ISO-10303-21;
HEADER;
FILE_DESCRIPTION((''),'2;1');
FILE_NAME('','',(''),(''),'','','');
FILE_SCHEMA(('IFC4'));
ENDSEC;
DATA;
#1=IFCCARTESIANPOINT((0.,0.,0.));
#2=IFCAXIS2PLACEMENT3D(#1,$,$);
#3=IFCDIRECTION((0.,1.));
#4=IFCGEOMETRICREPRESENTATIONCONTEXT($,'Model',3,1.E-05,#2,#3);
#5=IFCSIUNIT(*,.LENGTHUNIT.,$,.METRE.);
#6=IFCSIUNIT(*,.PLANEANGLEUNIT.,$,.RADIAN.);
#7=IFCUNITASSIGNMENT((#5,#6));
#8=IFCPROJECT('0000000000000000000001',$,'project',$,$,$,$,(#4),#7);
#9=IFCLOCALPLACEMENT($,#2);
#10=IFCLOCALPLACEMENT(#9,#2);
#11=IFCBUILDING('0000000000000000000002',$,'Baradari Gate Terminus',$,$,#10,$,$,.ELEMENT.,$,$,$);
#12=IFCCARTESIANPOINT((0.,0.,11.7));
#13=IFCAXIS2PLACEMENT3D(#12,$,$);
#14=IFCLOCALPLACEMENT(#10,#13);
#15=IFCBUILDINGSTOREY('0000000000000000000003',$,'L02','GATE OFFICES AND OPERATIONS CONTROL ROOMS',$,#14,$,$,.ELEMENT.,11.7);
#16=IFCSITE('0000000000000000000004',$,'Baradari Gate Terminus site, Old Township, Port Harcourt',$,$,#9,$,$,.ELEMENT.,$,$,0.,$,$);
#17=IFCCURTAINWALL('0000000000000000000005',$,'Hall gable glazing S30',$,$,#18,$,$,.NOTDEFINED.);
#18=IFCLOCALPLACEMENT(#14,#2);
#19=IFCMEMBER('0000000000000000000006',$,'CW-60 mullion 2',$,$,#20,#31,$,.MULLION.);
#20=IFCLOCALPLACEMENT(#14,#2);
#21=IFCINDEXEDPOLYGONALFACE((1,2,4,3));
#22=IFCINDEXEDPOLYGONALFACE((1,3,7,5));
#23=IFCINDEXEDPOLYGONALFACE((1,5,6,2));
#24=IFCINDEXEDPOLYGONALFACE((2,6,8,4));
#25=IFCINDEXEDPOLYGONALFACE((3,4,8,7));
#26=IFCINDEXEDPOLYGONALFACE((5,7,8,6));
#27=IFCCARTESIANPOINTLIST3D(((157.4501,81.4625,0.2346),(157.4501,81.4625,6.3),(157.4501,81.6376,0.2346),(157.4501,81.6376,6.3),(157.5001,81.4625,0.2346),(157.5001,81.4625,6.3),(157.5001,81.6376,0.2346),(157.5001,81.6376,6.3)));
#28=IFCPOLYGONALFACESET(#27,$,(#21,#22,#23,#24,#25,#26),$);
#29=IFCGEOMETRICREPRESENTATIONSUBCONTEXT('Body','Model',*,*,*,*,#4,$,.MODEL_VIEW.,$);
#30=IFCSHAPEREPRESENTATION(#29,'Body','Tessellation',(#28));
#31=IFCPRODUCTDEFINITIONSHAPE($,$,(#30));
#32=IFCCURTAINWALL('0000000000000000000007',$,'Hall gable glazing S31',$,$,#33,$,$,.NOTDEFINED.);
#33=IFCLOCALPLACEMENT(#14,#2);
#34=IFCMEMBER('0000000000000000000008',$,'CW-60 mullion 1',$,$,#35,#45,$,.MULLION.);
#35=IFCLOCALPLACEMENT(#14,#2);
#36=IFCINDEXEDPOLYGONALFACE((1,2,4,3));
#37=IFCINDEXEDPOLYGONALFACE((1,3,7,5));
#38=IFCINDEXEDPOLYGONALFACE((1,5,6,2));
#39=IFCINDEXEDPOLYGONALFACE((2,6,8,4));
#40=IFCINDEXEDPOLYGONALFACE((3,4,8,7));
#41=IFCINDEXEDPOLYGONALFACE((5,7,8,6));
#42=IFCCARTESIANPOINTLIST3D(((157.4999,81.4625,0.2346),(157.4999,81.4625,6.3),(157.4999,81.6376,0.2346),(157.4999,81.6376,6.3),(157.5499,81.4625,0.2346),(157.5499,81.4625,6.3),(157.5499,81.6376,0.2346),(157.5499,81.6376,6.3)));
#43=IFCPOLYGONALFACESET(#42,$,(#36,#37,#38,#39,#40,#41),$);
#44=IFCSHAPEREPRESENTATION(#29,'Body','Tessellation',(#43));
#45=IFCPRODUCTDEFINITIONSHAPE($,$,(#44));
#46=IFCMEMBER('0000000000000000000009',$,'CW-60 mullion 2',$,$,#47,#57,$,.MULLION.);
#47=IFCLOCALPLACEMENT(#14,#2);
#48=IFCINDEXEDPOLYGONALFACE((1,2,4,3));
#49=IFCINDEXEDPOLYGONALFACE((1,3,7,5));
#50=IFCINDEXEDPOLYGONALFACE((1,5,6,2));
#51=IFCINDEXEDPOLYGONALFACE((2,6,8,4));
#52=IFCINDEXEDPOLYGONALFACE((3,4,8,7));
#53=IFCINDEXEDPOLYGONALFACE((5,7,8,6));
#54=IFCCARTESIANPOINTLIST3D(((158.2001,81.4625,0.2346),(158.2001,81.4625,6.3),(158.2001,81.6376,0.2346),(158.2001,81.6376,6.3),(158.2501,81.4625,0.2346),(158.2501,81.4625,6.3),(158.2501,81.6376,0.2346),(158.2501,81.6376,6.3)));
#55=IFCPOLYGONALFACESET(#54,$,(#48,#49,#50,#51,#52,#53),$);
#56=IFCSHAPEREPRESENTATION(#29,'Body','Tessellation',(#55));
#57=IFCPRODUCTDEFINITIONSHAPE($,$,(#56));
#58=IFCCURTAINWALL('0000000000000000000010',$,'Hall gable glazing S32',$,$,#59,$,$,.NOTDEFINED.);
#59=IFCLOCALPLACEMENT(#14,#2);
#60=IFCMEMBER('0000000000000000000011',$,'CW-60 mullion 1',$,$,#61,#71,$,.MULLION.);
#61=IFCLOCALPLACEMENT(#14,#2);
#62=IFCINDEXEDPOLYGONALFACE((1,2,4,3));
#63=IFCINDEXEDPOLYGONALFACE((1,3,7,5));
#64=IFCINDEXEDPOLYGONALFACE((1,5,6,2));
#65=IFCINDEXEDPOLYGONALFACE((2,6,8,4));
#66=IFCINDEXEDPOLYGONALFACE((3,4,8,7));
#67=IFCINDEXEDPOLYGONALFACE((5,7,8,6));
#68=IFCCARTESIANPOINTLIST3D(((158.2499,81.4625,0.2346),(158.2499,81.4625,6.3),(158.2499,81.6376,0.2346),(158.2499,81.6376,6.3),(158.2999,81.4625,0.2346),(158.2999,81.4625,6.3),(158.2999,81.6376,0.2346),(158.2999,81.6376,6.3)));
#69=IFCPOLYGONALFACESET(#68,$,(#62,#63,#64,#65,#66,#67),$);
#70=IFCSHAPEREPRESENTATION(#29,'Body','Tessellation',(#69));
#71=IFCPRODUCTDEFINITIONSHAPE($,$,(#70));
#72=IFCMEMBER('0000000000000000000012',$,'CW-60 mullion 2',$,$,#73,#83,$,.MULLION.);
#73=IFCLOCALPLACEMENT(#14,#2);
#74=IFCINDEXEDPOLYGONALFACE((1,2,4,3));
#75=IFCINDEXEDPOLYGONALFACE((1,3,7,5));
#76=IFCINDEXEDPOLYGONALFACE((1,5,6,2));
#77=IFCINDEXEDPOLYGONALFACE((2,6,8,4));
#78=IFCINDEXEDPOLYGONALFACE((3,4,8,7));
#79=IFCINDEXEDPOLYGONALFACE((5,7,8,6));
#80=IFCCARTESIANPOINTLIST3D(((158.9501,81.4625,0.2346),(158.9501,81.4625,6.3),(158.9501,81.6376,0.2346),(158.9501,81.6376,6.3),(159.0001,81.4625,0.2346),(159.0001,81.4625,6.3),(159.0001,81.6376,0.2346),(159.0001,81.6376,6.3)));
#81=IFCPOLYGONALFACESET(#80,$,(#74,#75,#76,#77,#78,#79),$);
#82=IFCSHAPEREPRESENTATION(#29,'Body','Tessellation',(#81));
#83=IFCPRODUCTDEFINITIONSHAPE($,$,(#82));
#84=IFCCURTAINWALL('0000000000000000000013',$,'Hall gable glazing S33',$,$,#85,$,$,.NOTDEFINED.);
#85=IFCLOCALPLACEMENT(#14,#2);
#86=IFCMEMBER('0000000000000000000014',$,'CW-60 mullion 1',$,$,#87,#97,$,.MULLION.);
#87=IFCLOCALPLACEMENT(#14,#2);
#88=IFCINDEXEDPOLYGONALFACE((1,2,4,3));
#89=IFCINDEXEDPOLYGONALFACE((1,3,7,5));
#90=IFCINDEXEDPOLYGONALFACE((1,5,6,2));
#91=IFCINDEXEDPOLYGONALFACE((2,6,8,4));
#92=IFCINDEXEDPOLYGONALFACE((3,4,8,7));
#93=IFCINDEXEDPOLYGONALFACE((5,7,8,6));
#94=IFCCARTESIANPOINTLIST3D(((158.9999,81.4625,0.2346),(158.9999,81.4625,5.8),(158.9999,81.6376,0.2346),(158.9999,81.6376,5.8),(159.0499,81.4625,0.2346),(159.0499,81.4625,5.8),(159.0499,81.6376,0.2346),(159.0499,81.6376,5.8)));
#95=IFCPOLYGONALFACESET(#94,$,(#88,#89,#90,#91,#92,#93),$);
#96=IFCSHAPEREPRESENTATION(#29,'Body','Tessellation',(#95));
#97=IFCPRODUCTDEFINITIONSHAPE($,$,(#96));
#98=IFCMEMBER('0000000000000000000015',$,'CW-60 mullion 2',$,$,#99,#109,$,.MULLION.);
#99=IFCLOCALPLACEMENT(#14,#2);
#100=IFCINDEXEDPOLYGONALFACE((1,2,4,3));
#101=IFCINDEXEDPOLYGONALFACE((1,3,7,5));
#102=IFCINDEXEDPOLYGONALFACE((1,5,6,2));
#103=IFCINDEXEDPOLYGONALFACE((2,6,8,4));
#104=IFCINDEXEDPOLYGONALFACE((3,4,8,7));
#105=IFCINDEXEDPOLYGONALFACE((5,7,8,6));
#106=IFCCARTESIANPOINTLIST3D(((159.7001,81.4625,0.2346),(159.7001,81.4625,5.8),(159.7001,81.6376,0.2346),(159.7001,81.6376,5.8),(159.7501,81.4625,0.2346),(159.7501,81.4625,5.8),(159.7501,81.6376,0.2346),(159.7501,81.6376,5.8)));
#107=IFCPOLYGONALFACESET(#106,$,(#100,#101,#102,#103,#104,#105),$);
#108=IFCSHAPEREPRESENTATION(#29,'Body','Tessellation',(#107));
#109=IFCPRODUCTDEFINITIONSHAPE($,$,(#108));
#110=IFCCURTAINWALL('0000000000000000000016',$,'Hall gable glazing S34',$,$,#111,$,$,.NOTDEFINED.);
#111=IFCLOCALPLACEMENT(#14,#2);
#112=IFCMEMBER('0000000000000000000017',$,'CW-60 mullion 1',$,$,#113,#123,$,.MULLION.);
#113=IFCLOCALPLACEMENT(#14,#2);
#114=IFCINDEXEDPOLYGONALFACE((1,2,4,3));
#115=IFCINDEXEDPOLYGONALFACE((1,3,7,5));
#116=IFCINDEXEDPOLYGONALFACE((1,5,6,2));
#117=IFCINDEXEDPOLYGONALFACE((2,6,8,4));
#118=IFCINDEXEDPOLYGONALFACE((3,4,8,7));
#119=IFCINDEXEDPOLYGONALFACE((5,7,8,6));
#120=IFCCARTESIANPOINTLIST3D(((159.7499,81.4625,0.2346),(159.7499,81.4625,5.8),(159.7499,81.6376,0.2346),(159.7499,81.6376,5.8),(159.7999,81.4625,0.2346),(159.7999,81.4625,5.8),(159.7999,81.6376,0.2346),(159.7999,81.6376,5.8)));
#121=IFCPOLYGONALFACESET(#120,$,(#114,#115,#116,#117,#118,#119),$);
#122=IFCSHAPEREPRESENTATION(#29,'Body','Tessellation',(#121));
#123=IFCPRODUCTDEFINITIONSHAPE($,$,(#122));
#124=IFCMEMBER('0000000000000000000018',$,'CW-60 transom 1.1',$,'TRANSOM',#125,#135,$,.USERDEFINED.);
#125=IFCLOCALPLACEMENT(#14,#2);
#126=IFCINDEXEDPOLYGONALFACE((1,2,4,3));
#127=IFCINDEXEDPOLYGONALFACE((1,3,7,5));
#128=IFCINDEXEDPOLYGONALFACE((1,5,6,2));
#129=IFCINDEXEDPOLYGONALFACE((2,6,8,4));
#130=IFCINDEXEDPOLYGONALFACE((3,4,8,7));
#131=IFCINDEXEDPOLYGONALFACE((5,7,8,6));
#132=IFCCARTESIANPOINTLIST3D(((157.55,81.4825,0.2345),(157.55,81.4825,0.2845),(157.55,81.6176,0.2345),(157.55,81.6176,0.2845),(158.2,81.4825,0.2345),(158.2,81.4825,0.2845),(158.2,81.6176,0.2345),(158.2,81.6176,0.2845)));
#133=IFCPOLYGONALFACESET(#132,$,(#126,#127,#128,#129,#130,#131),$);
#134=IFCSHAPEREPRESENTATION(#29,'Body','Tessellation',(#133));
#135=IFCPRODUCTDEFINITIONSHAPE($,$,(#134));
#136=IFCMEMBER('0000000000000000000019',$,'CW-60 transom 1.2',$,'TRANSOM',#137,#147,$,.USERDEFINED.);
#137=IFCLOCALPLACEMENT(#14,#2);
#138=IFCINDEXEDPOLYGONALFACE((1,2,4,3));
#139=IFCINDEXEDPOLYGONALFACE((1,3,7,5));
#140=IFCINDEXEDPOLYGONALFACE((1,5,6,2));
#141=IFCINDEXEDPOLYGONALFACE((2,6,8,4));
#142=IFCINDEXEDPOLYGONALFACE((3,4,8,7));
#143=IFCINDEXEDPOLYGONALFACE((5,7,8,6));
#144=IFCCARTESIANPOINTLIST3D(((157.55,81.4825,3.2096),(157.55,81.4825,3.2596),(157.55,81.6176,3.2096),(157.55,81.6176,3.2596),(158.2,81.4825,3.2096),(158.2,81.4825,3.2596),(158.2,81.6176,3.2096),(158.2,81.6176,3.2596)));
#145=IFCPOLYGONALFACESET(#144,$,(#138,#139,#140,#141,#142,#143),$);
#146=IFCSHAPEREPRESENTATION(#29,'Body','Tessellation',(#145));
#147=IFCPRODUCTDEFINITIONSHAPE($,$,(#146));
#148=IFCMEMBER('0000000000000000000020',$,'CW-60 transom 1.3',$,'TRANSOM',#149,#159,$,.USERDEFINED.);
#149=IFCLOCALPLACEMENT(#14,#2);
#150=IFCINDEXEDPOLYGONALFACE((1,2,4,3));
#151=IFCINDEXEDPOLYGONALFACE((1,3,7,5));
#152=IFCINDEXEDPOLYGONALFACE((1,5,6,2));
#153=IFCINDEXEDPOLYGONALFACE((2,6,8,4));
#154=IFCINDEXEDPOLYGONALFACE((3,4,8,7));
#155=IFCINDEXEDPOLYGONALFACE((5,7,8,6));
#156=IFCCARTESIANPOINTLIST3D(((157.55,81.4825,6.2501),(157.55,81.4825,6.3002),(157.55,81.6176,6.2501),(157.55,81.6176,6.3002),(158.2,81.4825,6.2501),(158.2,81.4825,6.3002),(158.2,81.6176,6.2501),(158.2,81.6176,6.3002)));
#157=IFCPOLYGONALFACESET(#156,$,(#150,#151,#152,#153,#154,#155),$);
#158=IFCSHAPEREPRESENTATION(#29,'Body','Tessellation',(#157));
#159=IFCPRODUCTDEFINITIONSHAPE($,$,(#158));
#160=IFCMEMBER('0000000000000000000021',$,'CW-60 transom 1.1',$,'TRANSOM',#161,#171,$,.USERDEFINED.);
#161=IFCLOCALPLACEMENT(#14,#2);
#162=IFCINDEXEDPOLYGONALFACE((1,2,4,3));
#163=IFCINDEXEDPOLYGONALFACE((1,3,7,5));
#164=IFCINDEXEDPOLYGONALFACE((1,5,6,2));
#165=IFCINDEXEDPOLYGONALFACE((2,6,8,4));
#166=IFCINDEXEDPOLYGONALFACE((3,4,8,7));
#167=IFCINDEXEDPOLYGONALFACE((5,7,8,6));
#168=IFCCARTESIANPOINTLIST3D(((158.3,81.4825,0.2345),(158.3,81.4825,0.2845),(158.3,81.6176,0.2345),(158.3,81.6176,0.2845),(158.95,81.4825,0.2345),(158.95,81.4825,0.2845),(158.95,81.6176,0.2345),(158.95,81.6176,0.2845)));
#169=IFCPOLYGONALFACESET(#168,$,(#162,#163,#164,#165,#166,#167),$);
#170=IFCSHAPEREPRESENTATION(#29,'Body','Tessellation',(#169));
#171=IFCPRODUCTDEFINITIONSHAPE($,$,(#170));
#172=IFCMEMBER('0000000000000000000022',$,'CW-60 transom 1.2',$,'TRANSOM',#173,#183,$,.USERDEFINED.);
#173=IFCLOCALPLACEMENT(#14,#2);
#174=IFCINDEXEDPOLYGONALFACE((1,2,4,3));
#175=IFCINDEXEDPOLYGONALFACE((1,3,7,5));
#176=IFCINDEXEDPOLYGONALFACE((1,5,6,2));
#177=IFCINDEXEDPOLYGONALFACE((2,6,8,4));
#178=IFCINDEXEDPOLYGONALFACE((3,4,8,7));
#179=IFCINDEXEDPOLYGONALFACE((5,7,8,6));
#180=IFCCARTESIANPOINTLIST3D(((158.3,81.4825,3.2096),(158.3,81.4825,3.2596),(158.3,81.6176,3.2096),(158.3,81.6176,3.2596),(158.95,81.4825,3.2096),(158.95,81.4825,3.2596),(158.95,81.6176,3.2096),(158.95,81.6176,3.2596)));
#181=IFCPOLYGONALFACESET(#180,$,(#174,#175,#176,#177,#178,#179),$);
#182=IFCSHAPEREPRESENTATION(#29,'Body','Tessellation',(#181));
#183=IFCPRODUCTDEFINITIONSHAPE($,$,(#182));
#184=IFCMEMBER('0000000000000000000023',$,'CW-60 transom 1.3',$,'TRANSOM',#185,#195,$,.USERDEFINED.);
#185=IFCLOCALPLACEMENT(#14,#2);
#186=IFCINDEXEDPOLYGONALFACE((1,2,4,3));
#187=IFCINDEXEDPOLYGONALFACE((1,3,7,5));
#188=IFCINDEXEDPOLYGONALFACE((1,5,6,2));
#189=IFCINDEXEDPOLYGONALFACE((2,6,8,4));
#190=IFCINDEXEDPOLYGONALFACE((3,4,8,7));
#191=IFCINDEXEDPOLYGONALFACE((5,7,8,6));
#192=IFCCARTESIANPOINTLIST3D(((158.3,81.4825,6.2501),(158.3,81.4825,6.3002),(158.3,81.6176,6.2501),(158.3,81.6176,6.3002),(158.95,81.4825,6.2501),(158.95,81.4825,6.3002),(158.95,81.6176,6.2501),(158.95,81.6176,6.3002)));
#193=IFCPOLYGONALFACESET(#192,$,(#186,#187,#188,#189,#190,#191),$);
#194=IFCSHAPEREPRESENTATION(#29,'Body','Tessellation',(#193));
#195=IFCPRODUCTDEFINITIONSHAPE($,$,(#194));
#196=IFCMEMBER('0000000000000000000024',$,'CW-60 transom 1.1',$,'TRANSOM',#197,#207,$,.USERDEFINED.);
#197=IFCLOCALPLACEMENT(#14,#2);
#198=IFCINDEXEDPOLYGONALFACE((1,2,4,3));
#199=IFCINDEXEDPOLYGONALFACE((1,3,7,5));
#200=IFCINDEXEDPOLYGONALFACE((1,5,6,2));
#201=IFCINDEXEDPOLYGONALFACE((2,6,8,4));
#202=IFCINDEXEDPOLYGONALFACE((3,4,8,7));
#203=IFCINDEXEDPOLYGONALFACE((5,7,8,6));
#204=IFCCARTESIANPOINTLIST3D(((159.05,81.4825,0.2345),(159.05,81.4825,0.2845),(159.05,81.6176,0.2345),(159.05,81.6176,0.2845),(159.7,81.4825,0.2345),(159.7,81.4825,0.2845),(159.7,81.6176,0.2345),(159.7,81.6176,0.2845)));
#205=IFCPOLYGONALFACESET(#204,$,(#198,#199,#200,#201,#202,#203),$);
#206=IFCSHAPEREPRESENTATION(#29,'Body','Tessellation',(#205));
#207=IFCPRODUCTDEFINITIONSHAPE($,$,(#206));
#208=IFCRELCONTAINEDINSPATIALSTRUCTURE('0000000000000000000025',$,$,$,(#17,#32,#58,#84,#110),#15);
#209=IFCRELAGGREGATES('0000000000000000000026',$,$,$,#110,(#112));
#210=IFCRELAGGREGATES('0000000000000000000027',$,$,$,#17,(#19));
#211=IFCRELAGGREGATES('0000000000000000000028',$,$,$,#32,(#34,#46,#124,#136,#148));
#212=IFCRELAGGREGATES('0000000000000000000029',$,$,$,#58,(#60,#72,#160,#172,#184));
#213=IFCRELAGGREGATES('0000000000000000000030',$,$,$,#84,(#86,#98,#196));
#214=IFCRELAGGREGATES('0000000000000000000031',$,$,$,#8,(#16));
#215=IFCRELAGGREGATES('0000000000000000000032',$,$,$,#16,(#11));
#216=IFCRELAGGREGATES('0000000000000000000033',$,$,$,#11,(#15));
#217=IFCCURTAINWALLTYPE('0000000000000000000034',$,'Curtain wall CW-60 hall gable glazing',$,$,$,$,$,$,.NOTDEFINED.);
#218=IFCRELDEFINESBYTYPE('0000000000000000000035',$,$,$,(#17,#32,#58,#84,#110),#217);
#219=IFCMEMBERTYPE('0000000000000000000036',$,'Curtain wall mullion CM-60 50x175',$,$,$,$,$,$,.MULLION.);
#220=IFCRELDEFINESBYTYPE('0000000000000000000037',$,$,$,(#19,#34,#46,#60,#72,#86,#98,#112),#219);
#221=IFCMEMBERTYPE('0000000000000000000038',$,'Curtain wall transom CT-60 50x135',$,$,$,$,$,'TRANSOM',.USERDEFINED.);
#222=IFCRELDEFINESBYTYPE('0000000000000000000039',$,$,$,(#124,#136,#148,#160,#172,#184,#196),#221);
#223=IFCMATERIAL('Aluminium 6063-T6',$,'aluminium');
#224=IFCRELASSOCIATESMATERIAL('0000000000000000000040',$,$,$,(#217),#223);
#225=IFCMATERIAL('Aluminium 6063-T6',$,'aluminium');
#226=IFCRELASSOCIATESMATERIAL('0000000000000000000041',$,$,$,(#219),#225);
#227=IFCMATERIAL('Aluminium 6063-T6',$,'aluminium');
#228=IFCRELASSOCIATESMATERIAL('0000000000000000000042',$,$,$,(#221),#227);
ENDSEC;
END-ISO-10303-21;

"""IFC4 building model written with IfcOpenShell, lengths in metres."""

from ifc_helpers import new_model, si_unit, direction, frame, origin, origin_2d, place, context, subcontext, project, spatial, rectangle, extrude, material, material_profile, profile_set, type_object, element, aggregate, save


model = new_model("IFC4")

# Units and contexts
model_context = context("Model", 3, precision=1e-05, world=origin(), true_north=direction((0.0, 1.0)))
body_context = subcontext(model_context, "Body", "Model", "MODEL_VIEW")
ifc_project = project(units=[si_unit("LENGTHUNIT", "METRE"), si_unit("PLANEANGLEUNIT", "RADIAN")], contexts=[model_context])

# Site, building, storey
site_placement = place(None, origin())
site = spatial("IfcSite", under=ifc_project, at=site_placement, Name="Baradari Gate Terminus site, Old Township, Port Harcourt", CompositionType="ELEMENT", RefElevation=0.0)
building_placement = place(site_placement, origin())
building = spatial("IfcBuilding", under=site, at=building_placement, Name="Baradari Gate Terminus", CompositionType="ELEMENT")
storey_placement = place(building_placement, frame((0.0, 0.0, 11.7)))
storey = spatial("IfcBuildingStorey", under=building, at=storey_placement, Name="L02", Description="GATE OFFICES AND OPERATIONS CONTROL ROOMS", CompositionType="ELEMENT", Elevation=11.7)

# Curtain wall, member
ifc_material_1 = material(Name="Aluminium 6063-T6", Category="aluminium")
curtain_wall_type = type_object("IfcCurtainWallType", Name="Curtain wall CW-60 hall gable glazing", PredefinedType="NOTDEFINED", material=ifc_material_1)
curtain_wall_1_placement = place(storey_placement, origin())
curtain_wall_1 = element("IfcCurtainWall", 1, at=curtain_wall_1_placement, inside=storey, type_object=curtain_wall_type, Name="Hall gable glazing S30", PredefinedType="NOTDEFINED")
ifc_material_2 = material(Name="Aluminium 6063-T6", Category="aluminium")
ifc_material_profile_1 = material_profile(ifc_material_2, rectangle(XDim=0.175, YDim=0.05, at=origin_2d()), Name="CM-60 50X175")
ifc_profile_set_1 = profile_set([ifc_material_profile_1], Name="Aluminium 6063-T6")
member_type_1 = type_object("IfcMemberType", Name="Curtain wall mullion CM-60 50x175", PredefinedType="MULLION", material=ifc_profile_set_1)
member_1_placement = place(storey_placement, frame((157.4751, 81.55, 0.2346), z_axis=(0.0, 0.0, 1.0), x_axis=(0.0, 1.0, 0.0)))
member_1 = element("IfcMember", 2, at=member_1_placement, type_object=member_type_1, Name="CW-60 mullion 2", PredefinedType="MULLION", context=body_context, shape_type="SweptSolid", body=[
    extrude(rectangle(XDim=0.175, YDim=0.05, at=origin_2d()), origin(), (0.0, 0.0, 1.0), 6.0654),
])

# Curtain walls, members
curtain_wall_2_placement = place(storey_placement, origin())
curtain_wall_2 = element("IfcCurtainWall", 3, at=curtain_wall_2_placement, inside=storey, type_object=curtain_wall_type, Name="Hall gable glazing S31", PredefinedType="NOTDEFINED")
member_2_placement = place(storey_placement, frame((157.5249, 81.55, 0.2346), z_axis=(0.0, 0.0, 1.0), x_axis=(0.0, 1.0, 0.0)))
member_2 = element("IfcMember", 4, at=member_2_placement, type_object=member_type_1, Name="CW-60 mullion 1", PredefinedType="MULLION", context=body_context, shape_type="SweptSolid", body=[
    extrude(rectangle(XDim=0.175, YDim=0.05, at=origin_2d()), origin(), (0.0, 0.0, 1.0), 6.0654),
])
member_3_placement = place(storey_placement, frame((158.2251, 81.55, 0.2346), z_axis=(0.0, 0.0, 1.0), x_axis=(0.0, 1.0, 0.0)))
member_3 = element("IfcMember", 5, at=member_3_placement, type_object=member_type_1, Name="CW-60 mullion 2", PredefinedType="MULLION", context=body_context, shape_type="SweptSolid", body=[
    extrude(rectangle(XDim=0.175, YDim=0.05, at=origin_2d()), origin(), (0.0, 0.0, 1.0), 6.0654),
])
curtain_wall_3_placement = place(storey_placement, origin())
curtain_wall_3 = element("IfcCurtainWall", 6, at=curtain_wall_3_placement, inside=storey, type_object=curtain_wall_type, Name="Hall gable glazing S32", PredefinedType="NOTDEFINED")
member_4_placement = place(storey_placement, frame((158.2749, 81.55, 0.2346), z_axis=(0.0, 0.0, 1.0), x_axis=(0.0, 1.0, 0.0)))
member_4 = element("IfcMember", 7, at=member_4_placement, type_object=member_type_1, Name="CW-60 mullion 1", PredefinedType="MULLION", context=body_context, shape_type="SweptSolid", body=[
    extrude(rectangle(XDim=0.175, YDim=0.05, at=origin_2d()), origin(), (0.0, 0.0, 1.0), 6.0654),
])
member_5_placement = place(storey_placement, frame((158.9751, 81.55, 0.2346), z_axis=(0.0, 0.0, 1.0), x_axis=(0.0, 1.0, 0.0)))
member_5 = element("IfcMember", 8, at=member_5_placement, type_object=member_type_1, Name="CW-60 mullion 2", PredefinedType="MULLION", context=body_context, shape_type="SweptSolid", body=[
    extrude(rectangle(XDim=0.175, YDim=0.05, at=origin_2d()), origin(), (0.0, 0.0, 1.0), 6.0654),
])
curtain_wall_4_placement = place(storey_placement, origin())
curtain_wall_4 = element("IfcCurtainWall", 9, at=curtain_wall_4_placement, inside=storey, type_object=curtain_wall_type, Name="Hall gable glazing S33", PredefinedType="NOTDEFINED")
member_6_placement = place(storey_placement, frame((159.0249, 81.55, 0.2346), z_axis=(0.0, 0.0, 1.0), x_axis=(0.0, 1.0, 0.0)))
member_6 = element("IfcMember", 10, at=member_6_placement, type_object=member_type_1, Name="CW-60 mullion 1", PredefinedType="MULLION", context=body_context, shape_type="SweptSolid", body=[
    extrude(rectangle(XDim=0.175, YDim=0.05, at=origin_2d()), origin(), (0.0, 0.0, 1.0), 5.5654),
])
member_7_placement = place(storey_placement, frame((159.7251, 81.55, 0.2346), z_axis=(0.0, 0.0, 1.0), x_axis=(0.0, 1.0, 0.0)))
member_7 = element("IfcMember", 11, at=member_7_placement, type_object=member_type_1, Name="CW-60 mullion 2", PredefinedType="MULLION", context=body_context, shape_type="SweptSolid", body=[
    extrude(rectangle(XDim=0.175, YDim=0.05, at=origin_2d()), origin(), (0.0, 0.0, 1.0), 5.5654),
])

# Curtain wall, member
curtain_wall_5_placement = place(storey_placement, origin())
curtain_wall_5 = element("IfcCurtainWall", 12, at=curtain_wall_5_placement, inside=storey, type_object=curtain_wall_type, Name="Hall gable glazing S34", PredefinedType="NOTDEFINED")
member_8_placement = place(storey_placement, frame((159.7749, 81.55, 0.2346), z_axis=(0.0, 0.0, 1.0), x_axis=(0.0, 1.0, 0.0)))
member_8 = element("IfcMember", 13, at=member_8_placement, type_object=member_type_1, Name="CW-60 mullion 1", PredefinedType="MULLION", context=body_context, shape_type="SweptSolid", body=[
    extrude(rectangle(XDim=0.175, YDim=0.05, at=origin_2d()), origin(), (0.0, 0.0, 1.0), 5.5654),
])

# Members
ifc_material_3 = material(Name="Aluminium 6063-T6", Category="aluminium")
ifc_material_profile_2 = material_profile(ifc_material_3, rectangle(XDim=0.135, YDim=0.05, at=origin_2d()), Name="CT-60 50X135")
ifc_profile_set_2 = profile_set([ifc_material_profile_2], Name="Aluminium 6063-T6")
member_type_2 = type_object("IfcMemberType", Name="Curtain wall transom CT-60 50x135", ElementType="TRANSOM", PredefinedType="USERDEFINED", material=ifc_profile_set_2)
member_9_placement = place(storey_placement, frame((157.55, 81.55, 0.2595), z_axis=(1.0, 0.0, 0.0), x_axis=(0.0, 1.0, 0.0)))
member_9 = element("IfcMember", 14, at=member_9_placement, type_object=member_type_2, Name="CW-60 transom 1.1", ObjectType="TRANSOM", PredefinedType="USERDEFINED", context=body_context, shape_type="SweptSolid", body=[
    extrude(rectangle(XDim=0.135, YDim=0.05, at=origin_2d()), origin(), (0.0, 0.0, 1.0), 0.6499),
])
member_10_placement = place(storey_placement, frame((157.55, 81.55, 3.2346), z_axis=(1.0, 0.0, 0.0), x_axis=(0.0, 1.0, 0.0)))
member_10 = element("IfcMember", 15, at=member_10_placement, type_object=member_type_2, Name="CW-60 transom 1.2", ObjectType="TRANSOM", PredefinedType="USERDEFINED", context=body_context, shape_type="SweptSolid", body=[
    extrude(rectangle(XDim=0.135, YDim=0.05, at=origin_2d()), origin(), (0.0, 0.0, 1.0), 0.6499),
])
member_11_placement = place(storey_placement, frame((157.55, 81.55, 6.2751), z_axis=(1.0, 0.0, 0.0), x_axis=(0.0, 1.0, 0.0)))
member_11 = element("IfcMember", 16, at=member_11_placement, type_object=member_type_2, Name="CW-60 transom 1.3", ObjectType="TRANSOM", PredefinedType="USERDEFINED", context=body_context, shape_type="SweptSolid", body=[
    extrude(rectangle(XDim=0.135, YDim=0.05, at=origin_2d()), origin(), (0.0, 0.0, 1.0), 0.6499),
])
member_12_placement = place(storey_placement, frame((158.3, 81.55, 0.2595), z_axis=(1.0, 0.0, 0.0), x_axis=(0.0, 1.0, 0.0)))
member_12 = element("IfcMember", 17, at=member_12_placement, type_object=member_type_2, Name="CW-60 transom 1.1", ObjectType="TRANSOM", PredefinedType="USERDEFINED", context=body_context, shape_type="SweptSolid", body=[
    extrude(rectangle(XDim=0.135, YDim=0.05, at=origin_2d()), origin(), (0.0, 0.0, 1.0), 0.6499),
])
member_13_placement = place(storey_placement, frame((158.3, 81.55, 3.2346), z_axis=(1.0, 0.0, 0.0), x_axis=(0.0, 1.0, 0.0)))
member_13 = element("IfcMember", 18, at=member_13_placement, type_object=member_type_2, Name="CW-60 transom 1.2", ObjectType="TRANSOM", PredefinedType="USERDEFINED", context=body_context, shape_type="SweptSolid", body=[
    extrude(rectangle(XDim=0.135, YDim=0.05, at=origin_2d()), origin(), (0.0, 0.0, 1.0), 0.6499),
])
member_14_placement = place(storey_placement, frame((158.3, 81.55, 6.2751), z_axis=(1.0, 0.0, 0.0), x_axis=(0.0, 1.0, 0.0)))
member_14 = element("IfcMember", 19, at=member_14_placement, type_object=member_type_2, Name="CW-60 transom 1.3", ObjectType="TRANSOM", PredefinedType="USERDEFINED", context=body_context, shape_type="SweptSolid", body=[
    extrude(rectangle(XDim=0.135, YDim=0.05, at=origin_2d()), origin(), (0.0, 0.0, 1.0), 0.6499),
])
member_15_placement = place(storey_placement, frame((159.05, 81.55, 0.2595), z_axis=(1.0, 0.0, 0.0), x_axis=(0.0, 1.0, 0.0)))
member_15 = element("IfcMember", 20, at=member_15_placement, type_object=member_type_2, Name="CW-60 transom 1.1", ObjectType="TRANSOM", PredefinedType="USERDEFINED", context=body_context, shape_type="SweptSolid", body=[
    extrude(rectangle(XDim=0.135, YDim=0.05, at=origin_2d()), origin(), (0.0, 0.0, 1.0), 0.6499),
])
aggregate(curtain_wall_5, [member_8])

aggregate(curtain_wall_1, [member_1])
aggregate(curtain_wall_2, [member_2, member_3, member_9, member_10, member_11])
aggregate(curtain_wall_3, [member_4, member_5, member_12, member_13, member_14])
aggregate(curtain_wall_4, [member_6, member_7, member_15])

save(model, "model.ifc")
